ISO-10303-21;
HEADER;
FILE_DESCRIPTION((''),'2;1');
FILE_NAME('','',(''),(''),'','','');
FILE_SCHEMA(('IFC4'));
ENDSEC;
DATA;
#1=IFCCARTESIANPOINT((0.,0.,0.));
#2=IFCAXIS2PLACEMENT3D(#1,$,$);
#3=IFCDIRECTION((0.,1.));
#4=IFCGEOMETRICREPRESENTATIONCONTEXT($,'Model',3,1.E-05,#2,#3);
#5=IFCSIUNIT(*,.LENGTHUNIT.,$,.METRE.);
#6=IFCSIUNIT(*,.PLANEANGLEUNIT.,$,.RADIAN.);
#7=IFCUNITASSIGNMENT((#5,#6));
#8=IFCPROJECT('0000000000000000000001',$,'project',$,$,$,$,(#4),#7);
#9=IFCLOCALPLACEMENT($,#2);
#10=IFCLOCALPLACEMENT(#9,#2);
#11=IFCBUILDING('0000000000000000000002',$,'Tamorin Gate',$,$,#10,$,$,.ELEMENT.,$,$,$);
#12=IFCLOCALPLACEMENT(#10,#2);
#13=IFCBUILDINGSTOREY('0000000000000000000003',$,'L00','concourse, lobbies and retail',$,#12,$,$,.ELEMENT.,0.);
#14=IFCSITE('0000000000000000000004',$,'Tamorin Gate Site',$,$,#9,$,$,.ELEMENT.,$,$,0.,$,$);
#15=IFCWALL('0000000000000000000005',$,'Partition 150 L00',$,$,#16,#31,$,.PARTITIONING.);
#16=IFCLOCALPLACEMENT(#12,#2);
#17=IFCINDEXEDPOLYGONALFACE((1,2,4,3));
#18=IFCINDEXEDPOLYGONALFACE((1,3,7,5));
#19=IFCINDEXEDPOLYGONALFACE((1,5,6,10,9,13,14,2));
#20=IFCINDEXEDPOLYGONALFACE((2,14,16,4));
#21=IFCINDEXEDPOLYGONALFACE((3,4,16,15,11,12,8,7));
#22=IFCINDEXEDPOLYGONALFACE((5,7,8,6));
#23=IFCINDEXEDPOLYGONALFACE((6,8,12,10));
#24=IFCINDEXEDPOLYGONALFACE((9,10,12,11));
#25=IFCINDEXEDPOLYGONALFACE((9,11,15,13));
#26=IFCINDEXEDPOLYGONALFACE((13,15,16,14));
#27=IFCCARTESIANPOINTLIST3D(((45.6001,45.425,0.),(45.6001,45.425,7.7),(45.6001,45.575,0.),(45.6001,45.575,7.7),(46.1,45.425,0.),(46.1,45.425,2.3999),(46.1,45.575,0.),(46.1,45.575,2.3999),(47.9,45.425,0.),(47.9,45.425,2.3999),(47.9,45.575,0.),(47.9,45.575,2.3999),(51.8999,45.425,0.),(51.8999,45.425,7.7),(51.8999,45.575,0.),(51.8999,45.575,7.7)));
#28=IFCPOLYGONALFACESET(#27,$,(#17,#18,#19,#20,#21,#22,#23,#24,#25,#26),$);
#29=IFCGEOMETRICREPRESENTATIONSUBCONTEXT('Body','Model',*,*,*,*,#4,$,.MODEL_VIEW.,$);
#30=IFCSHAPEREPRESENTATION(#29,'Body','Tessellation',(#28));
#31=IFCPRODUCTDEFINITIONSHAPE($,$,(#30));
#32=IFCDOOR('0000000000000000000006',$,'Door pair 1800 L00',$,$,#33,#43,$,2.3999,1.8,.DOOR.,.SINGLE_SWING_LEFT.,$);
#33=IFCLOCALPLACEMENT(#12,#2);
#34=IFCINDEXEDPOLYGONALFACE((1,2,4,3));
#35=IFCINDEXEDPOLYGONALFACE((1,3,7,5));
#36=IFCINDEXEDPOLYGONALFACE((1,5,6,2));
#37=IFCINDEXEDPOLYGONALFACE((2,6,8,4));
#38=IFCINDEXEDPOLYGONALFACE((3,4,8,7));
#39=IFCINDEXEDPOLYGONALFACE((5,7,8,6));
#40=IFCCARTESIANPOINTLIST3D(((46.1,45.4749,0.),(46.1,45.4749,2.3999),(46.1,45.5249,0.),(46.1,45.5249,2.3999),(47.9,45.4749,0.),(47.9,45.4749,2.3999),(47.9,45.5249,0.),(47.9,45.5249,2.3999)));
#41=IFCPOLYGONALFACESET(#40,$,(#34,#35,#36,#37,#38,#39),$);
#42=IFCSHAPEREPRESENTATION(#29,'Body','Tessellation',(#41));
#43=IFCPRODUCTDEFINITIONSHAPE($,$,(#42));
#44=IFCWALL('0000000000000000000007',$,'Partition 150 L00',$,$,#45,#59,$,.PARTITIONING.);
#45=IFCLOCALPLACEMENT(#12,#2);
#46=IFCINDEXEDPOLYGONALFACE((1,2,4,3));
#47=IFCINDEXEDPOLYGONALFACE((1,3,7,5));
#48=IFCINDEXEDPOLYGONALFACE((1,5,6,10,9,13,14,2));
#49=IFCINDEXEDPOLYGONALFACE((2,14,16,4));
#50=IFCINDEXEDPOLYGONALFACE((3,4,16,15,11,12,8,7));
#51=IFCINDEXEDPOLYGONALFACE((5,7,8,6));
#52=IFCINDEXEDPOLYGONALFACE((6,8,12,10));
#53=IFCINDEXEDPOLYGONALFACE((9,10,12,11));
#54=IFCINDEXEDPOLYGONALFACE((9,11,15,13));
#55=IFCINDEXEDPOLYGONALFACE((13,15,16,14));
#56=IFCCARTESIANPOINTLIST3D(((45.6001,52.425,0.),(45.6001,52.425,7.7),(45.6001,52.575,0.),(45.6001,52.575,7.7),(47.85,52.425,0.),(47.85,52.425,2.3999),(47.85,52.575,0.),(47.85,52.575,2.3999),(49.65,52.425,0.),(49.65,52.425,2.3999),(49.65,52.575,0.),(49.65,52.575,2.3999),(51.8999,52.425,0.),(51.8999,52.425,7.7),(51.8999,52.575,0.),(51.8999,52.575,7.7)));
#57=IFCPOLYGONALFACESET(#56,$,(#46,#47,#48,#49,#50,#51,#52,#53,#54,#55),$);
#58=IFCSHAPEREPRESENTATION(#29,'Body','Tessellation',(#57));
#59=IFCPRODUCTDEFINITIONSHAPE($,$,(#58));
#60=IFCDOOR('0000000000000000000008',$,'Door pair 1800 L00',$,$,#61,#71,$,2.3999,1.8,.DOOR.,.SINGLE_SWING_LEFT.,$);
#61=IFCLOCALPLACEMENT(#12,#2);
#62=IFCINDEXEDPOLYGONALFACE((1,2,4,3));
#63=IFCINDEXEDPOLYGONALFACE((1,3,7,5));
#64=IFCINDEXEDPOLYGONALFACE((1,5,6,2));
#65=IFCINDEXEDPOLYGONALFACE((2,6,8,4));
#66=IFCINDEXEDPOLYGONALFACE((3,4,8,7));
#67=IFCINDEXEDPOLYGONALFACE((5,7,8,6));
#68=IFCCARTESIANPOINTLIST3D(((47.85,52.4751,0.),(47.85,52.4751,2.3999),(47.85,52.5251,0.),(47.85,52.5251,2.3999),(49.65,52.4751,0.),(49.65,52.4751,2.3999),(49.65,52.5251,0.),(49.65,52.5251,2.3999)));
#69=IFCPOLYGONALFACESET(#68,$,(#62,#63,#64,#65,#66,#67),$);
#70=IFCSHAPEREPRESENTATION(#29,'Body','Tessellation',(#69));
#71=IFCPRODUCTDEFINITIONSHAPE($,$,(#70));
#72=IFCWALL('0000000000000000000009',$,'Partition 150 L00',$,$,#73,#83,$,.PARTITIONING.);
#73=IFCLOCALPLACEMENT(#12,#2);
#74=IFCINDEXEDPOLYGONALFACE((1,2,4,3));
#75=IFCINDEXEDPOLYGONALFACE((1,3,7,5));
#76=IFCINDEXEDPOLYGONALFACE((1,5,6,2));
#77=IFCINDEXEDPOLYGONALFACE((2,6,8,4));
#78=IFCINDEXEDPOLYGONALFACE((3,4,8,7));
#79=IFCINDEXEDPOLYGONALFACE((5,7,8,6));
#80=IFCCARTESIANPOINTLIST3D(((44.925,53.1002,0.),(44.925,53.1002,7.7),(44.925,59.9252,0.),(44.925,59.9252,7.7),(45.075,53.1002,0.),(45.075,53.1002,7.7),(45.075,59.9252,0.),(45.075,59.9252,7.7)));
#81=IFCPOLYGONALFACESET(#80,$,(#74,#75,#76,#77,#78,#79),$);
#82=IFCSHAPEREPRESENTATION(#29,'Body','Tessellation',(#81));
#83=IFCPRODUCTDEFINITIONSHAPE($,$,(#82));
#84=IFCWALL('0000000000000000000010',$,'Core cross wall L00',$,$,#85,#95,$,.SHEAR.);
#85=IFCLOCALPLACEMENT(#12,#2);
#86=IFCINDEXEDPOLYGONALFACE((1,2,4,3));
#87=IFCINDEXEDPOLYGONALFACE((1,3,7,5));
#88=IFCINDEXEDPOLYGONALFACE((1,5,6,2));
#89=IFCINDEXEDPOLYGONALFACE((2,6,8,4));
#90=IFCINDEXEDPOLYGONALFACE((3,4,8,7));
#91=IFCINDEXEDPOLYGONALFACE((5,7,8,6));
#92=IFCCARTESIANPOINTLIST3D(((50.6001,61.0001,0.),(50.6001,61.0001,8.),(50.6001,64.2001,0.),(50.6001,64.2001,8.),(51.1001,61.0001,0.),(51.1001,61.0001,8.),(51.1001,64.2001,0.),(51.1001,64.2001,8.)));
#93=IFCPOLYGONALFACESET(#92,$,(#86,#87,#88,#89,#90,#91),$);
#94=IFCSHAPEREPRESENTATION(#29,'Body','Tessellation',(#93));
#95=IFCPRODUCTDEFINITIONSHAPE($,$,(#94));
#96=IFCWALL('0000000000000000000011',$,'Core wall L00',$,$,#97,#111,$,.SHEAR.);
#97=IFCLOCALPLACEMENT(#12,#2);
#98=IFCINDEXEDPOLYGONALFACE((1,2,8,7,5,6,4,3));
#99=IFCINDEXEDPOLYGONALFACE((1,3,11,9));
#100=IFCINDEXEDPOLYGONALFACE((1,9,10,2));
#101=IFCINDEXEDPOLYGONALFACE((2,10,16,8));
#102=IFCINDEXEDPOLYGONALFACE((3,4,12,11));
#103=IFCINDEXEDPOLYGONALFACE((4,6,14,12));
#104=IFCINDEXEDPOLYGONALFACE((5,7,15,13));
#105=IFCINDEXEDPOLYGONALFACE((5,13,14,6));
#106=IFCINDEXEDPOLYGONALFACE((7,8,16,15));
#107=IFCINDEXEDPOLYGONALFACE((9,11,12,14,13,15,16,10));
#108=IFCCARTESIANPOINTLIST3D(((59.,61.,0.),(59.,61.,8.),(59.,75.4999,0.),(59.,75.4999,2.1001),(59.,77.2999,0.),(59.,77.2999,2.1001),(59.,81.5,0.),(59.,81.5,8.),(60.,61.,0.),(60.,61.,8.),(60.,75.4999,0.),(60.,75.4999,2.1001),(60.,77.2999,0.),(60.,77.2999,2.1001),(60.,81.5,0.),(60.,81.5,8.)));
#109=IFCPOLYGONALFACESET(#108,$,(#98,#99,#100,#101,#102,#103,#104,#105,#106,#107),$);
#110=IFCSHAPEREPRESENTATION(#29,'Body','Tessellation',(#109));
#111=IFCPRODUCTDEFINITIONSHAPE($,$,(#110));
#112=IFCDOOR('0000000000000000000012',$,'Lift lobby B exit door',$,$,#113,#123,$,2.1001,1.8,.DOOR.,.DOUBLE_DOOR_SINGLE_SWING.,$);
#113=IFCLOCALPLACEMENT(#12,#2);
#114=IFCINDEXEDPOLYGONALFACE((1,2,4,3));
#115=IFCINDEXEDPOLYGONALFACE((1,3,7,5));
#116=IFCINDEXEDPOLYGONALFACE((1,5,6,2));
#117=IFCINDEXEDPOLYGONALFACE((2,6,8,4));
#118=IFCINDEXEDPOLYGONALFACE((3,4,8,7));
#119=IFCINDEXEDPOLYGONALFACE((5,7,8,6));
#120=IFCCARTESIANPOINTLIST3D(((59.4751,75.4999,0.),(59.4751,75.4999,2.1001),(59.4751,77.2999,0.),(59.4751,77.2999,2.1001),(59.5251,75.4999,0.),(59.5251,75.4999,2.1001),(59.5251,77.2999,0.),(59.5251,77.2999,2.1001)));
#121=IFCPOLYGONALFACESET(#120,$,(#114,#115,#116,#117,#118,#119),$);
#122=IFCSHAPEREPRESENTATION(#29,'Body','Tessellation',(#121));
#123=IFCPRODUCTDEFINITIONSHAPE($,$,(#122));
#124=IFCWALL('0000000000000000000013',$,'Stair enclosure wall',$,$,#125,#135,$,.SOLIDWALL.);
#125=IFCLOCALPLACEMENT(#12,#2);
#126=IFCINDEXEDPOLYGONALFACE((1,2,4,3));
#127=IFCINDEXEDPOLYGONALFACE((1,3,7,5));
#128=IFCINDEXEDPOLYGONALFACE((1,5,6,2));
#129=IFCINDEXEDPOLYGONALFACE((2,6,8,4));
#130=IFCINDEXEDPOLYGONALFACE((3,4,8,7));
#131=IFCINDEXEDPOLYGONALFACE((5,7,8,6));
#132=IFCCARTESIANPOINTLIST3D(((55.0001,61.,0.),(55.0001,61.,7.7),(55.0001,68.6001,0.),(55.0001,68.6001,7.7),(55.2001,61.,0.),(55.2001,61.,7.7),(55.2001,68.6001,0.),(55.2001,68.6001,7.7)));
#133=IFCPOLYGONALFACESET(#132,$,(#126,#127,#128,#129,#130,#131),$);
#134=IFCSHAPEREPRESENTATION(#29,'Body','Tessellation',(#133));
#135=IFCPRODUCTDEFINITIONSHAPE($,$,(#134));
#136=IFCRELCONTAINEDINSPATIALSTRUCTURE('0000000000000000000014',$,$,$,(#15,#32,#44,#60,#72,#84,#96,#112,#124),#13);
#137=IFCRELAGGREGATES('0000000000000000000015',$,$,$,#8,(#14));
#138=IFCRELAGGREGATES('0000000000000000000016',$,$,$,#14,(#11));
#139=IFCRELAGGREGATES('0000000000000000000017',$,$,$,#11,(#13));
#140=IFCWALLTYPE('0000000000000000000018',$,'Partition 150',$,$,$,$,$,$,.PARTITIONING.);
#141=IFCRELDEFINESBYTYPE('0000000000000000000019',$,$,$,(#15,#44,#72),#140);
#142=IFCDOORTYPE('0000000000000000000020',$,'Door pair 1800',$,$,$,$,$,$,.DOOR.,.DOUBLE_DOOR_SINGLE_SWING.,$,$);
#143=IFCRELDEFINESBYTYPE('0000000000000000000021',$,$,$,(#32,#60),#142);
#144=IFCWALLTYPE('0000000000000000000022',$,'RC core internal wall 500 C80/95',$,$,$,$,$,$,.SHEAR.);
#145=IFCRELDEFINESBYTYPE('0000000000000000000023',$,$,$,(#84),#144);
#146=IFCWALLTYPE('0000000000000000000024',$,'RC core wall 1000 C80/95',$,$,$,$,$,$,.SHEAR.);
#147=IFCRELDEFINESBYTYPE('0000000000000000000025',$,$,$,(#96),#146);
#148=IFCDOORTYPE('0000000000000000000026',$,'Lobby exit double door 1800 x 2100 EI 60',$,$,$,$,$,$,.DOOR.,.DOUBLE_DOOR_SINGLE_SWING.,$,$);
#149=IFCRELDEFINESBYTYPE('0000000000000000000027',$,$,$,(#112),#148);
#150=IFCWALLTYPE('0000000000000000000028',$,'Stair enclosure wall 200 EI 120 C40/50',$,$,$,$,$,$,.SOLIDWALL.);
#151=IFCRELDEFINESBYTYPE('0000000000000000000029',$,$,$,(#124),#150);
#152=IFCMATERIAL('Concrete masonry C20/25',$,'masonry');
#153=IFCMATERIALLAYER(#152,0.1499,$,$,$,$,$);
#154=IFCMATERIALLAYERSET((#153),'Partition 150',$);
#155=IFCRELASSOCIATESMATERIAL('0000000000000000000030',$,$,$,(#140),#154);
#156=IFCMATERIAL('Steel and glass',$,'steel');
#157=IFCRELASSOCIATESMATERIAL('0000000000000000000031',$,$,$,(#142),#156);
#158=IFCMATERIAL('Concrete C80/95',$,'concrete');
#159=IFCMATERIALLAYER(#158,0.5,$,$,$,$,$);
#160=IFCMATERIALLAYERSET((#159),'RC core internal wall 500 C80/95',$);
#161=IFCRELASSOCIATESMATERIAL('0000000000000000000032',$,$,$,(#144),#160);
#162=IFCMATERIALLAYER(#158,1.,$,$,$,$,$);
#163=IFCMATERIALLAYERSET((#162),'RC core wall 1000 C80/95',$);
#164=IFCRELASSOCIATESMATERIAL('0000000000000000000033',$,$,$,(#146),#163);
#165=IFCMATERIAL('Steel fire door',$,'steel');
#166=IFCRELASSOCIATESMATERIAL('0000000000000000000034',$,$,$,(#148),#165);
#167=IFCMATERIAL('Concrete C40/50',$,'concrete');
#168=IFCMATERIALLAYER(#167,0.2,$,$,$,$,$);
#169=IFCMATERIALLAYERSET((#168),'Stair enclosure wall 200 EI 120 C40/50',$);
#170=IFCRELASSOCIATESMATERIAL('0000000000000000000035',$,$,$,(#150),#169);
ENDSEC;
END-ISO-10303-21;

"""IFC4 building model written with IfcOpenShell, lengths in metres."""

from ifc_helpers import new_model, si_unit, direction, frame, frame_2d, origin, place, context, subcontext, project, spatial, rectangle, extrude, material, layer, layer_set, type_object, element, fill, save


model = new_model("IFC4")

# Units and contexts
model_context = context("Model", 3, precision=1e-05, world=origin(), true_north=direction((0.0, 1.0)))
body_context = subcontext(model_context, "Body", "Model", "MODEL_VIEW")
ifc_project = project(units=[si_unit("LENGTHUNIT", "METRE"), si_unit("PLANEANGLEUNIT", "RADIAN")], contexts=[model_context])

# Site, building, storey
site_placement = place(None, origin())
site = spatial("IfcSite", under=ifc_project, at=site_placement, Name="Tamorin Gate Site", CompositionType="ELEMENT", RefElevation=0.0)
building_placement = place(site_placement, origin())
building = spatial("IfcBuilding", under=site, at=building_placement, Name="Tamorin Gate", CompositionType="ELEMENT")
storey_placement = place(building_placement, origin())
storey = spatial("IfcBuildingStorey", under=building, at=storey_placement, Name="L00", Description="concourse, lobbies and retail", CompositionType="ELEMENT", Elevation=0.0)

# Shared definitions
ifc_material_1 = material(Name="Concrete C80/95", Category="concrete")

# Walls, openings, doors
ifc_material_2 = material(Name="Concrete masonry C20/25", Category="masonry")
ifc_layer_1 = layer(ifc_material_2, 0.1499)
ifc_layer_set_1 = layer_set([ifc_layer_1], Name="Partition 150")
wall_type_1 = type_object("IfcWallType", Name="Partition 150", PredefinedType="PARTITIONING", material=ifc_layer_set_1)
wall_1_placement = place(storey_placement, frame((45.6001, 45.5, 0.0), z_axis=(0.0, 0.0, 1.0), x_axis=(1.0, 0.0, 0.0)))
wall_1 = element("IfcWall", 1, at=wall_1_placement, inside=storey, type_object=wall_type_1, Name="Partition 150 L00", PredefinedType="PARTITIONING", context=body_context, shape_type="SweptSolid", body=[
    extrude(rectangle(XDim=6.2998, YDim=0.1499, at=frame_2d((3.1499, 0.0))), origin(), (0.0, 0.0, 1.0), 7.7),
])
opening_1_placement = place(wall_1_placement, frame((0.5, 0.0, 0.0)))
opening_1 = element("IfcOpeningElement", 2, at=opening_1_placement, cuts=wall_1, PredefinedType="OPENING", context=body_context, shape_type="SweptSolid", body=[
    extrude(rectangle(XDim=1.8, YDim=2.3999, at=frame_2d((0.8999, 1.2))), frame((0.0, 0.085, 0.0), z_axis=(0.0, -1.0, 0.0), x_axis=(1.0, 0.0, 0.0)), (0.0, 0.0, 1.0), 0.1699),
])
ifc_material_3 = material(Name="Steel and glass", Category="steel")
door_type_1 = type_object("IfcDoorType", Name="Door pair 1800", OperationType="DOUBLE_DOOR_SINGLE_SWING", PredefinedType="DOOR", material=ifc_material_3)
door_1_placement = place(opening_1_placement, origin())
door_1 = element("IfcDoor", 3, at=door_1_placement, inside=storey, type_object=door_type_1, Name="Door pair 1800 L00", OperationType="SINGLE_SWING_LEFT", OverallHeight=2.3999, OverallWidth=1.8, PredefinedType="DOOR", context=body_context, shape_type="SweptSolid", body=[
    extrude(rectangle(XDim=1.8, YDim=2.3999, at=frame_2d((0.8999, 1.2))), frame((0.0, 0.0249, 0.0), z_axis=(0.0, -1.0, 0.0), x_axis=(1.0, 0.0, 0.0)), (0.0, 0.0, 1.0), 0.05),
])
fill(opening_1, door_1)
wall_2_placement = place(storey_placement, frame((51.8999, 52.5, 0.0), z_axis=(0.0, 0.0, 1.0), x_axis=(-1.0, 0.0, 0.0)))
wall_2 = element("IfcWall", 4, at=wall_2_placement, inside=storey, type_object=wall_type_1, Name="Partition 150 L00", PredefinedType="PARTITIONING", context=body_context, shape_type="SweptSolid", body=[
    extrude(rectangle(XDim=6.2998, YDim=0.1499, at=frame_2d((3.1499, 0.0))), origin(), (0.0, 0.0, 1.0), 7.7),
])
opening_2_placement = place(wall_2_placement, frame((2.25, 0.0, 0.0)))
opening_2 = element("IfcOpeningElement", 5, at=opening_2_placement, cuts=wall_2, PredefinedType="OPENING", context=body_context, shape_type="SweptSolid", body=[
    extrude(rectangle(XDim=1.8, YDim=2.3999, at=frame_2d((0.8999, 1.2))), frame((0.0, 0.085, 0.0), z_axis=(0.0, -1.0, 0.0), x_axis=(1.0, 0.0, 0.0)), (0.0, 0.0, 1.0), 0.1699),
])
door_2_placement = place(opening_2_placement, origin())
door_2 = element("IfcDoor", 6, at=door_2_placement, inside=storey, type_object=door_type_1, Name="Door pair 1800 L00", OperationType="SINGLE_SWING_LEFT", OverallHeight=2.3999, OverallWidth=1.8, PredefinedType="DOOR", context=body_context, shape_type="SweptSolid", body=[
    extrude(rectangle(XDim=1.8, YDim=2.3999, at=frame_2d((0.8999, 1.2))), frame((0.0, 0.0249, 0.0), z_axis=(0.0, -1.0, 0.0), x_axis=(1.0, 0.0, 0.0)), (0.0, 0.0, 1.0), 0.05),
])
fill(opening_2, door_2)

# Walls
wall_3_placement = place(storey_placement, frame((45.0, 53.1001, 0.0), z_axis=(0.0, 0.0, 1.0), x_axis=(0.0, 1.0, 0.0)))
element("IfcWall", 7, at=wall_3_placement, inside=storey, type_object=wall_type_1, Name="Partition 150 L00", PredefinedType="PARTITIONING", context=body_context, shape_type="SweptSolid", body=[
    extrude(rectangle(XDim=6.825, YDim=0.1499, at=frame_2d((3.4126, 0.0))), origin(), (0.0, 0.0, 1.0), 7.7),
])
ifc_layer_2 = layer(ifc_material_1, 0.5)
ifc_layer_set_2 = layer_set([ifc_layer_2], Name="RC core internal wall 500 C80/95")
wall_type_2 = type_object("IfcWallType", Name="RC core internal wall 500 C80/95", PredefinedType="SHEAR", material=ifc_layer_set_2)
wall_4_placement = place(storey_placement, frame((50.8501, 61.0, 0.0), z_axis=(0.0, 0.0, 1.0), x_axis=(0.0, 1.0, 0.0)))
element("IfcWall", 8, at=wall_4_placement, inside=storey, type_object=wall_type_2, Name="Core cross wall L00", PredefinedType="SHEAR", context=body_context, shape_type="SweptSolid", body=[
    extrude(rectangle(XDim=3.2, YDim=0.5, at=frame_2d((1.6001, 0.0))), origin(), (0.0, 0.0, 1.0), 8.0),
])

# Wall, opening, door
ifc_layer_3 = layer(ifc_material_1, 1.0)
ifc_layer_set_3 = layer_set([ifc_layer_3], Name="RC core wall 1000 C80/95")
wall_type_3 = type_object("IfcWallType", Name="RC core wall 1000 C80/95", PredefinedType="SHEAR", material=ifc_layer_set_3)
wall_5_placement = place(storey_placement, frame((59.5, 61.0, 0.0), z_axis=(0.0, 0.0, 1.0), x_axis=(0.0, 1.0, 0.0)))
wall_5 = element("IfcWall", 9, at=wall_5_placement, inside=storey, type_object=wall_type_3, Name="Core wall L00", PredefinedType="SHEAR", context=body_context, shape_type="SweptSolid", body=[
    extrude(rectangle(XDim=20.5, YDim=1.0, at=frame_2d((10.25, 0.0))), origin(), (0.0, 0.0, 1.0), 8.0),
])
opening_3_placement = place(wall_5_placement, frame((14.5, 0.0, 0.0)))
opening_3 = element("IfcOpeningElement", 10, at=opening_3_placement, cuts=wall_5, PredefinedType="OPENING", context=body_context, shape_type="SweptSolid", body=[
    extrude(rectangle(XDim=1.8, YDim=2.1001, at=frame_2d((0.8999, 1.05))), frame((0.0, 0.51, 0.0), z_axis=(0.0, -1.0, 0.0), x_axis=(1.0, 0.0, 0.0)), (0.0, 0.0, 1.0), 1.02),
])
ifc_material_4 = material(Name="Steel fire door", Category="steel")
door_type_2 = type_object("IfcDoorType", Name="Lobby exit double door 1800 x 2100 EI 60", OperationType="DOUBLE_DOOR_SINGLE_SWING", PredefinedType="DOOR", material=ifc_material_4)
door_3_placement = place(opening_3_placement, origin())
door_3 = element("IfcDoor", 11, at=door_3_placement, inside=storey, type_object=door_type_2, Name="Lift lobby B exit door", OperationType="DOUBLE_DOOR_SINGLE_SWING", OverallHeight=2.1001, OverallWidth=1.8, PredefinedType="DOOR", context=body_context, shape_type="SweptSolid", body=[
    extrude(rectangle(XDim=1.8, YDim=2.1001, at=frame_2d((0.8999, 1.05))), frame((0.0, 0.0249, 0.0), z_axis=(0.0, -1.0, 0.0), x_axis=(1.0, 0.0, 0.0)), (0.0, 0.0, 1.0), 0.05),
])
fill(opening_3, door_3)

# Wall
ifc_material_5 = material(Name="Concrete C40/50", Category="concrete")
ifc_layer_4 = layer(ifc_material_5, 0.2)
ifc_layer_set_4 = layer_set([ifc_layer_4], Name="Stair enclosure wall 200 EI 120 C40/50")
wall_type_4 = type_object("IfcWallType", Name="Stair enclosure wall 200 EI 120 C40/50", PredefinedType="SOLIDWALL", material=ifc_layer_set_4)
wall_6_placement = place(storey_placement, frame((55.1001, 61.0, 0.0), z_axis=(0.0, 0.0, 1.0), x_axis=(0.0, 1.0, 0.0)))
element("IfcWall", 12, at=wall_6_placement, inside=storey, type_object=wall_type_4, Name="Stair enclosure wall", PredefinedType="SOLIDWALL", context=body_context, shape_type="SweptSolid", body=[
    extrude(rectangle(XDim=7.6001, YDim=0.2, at=frame_2d((3.8, 0.0))), origin(), (0.0, 0.0, 1.0), 7.7),
])

save(model, "model.ifc")
